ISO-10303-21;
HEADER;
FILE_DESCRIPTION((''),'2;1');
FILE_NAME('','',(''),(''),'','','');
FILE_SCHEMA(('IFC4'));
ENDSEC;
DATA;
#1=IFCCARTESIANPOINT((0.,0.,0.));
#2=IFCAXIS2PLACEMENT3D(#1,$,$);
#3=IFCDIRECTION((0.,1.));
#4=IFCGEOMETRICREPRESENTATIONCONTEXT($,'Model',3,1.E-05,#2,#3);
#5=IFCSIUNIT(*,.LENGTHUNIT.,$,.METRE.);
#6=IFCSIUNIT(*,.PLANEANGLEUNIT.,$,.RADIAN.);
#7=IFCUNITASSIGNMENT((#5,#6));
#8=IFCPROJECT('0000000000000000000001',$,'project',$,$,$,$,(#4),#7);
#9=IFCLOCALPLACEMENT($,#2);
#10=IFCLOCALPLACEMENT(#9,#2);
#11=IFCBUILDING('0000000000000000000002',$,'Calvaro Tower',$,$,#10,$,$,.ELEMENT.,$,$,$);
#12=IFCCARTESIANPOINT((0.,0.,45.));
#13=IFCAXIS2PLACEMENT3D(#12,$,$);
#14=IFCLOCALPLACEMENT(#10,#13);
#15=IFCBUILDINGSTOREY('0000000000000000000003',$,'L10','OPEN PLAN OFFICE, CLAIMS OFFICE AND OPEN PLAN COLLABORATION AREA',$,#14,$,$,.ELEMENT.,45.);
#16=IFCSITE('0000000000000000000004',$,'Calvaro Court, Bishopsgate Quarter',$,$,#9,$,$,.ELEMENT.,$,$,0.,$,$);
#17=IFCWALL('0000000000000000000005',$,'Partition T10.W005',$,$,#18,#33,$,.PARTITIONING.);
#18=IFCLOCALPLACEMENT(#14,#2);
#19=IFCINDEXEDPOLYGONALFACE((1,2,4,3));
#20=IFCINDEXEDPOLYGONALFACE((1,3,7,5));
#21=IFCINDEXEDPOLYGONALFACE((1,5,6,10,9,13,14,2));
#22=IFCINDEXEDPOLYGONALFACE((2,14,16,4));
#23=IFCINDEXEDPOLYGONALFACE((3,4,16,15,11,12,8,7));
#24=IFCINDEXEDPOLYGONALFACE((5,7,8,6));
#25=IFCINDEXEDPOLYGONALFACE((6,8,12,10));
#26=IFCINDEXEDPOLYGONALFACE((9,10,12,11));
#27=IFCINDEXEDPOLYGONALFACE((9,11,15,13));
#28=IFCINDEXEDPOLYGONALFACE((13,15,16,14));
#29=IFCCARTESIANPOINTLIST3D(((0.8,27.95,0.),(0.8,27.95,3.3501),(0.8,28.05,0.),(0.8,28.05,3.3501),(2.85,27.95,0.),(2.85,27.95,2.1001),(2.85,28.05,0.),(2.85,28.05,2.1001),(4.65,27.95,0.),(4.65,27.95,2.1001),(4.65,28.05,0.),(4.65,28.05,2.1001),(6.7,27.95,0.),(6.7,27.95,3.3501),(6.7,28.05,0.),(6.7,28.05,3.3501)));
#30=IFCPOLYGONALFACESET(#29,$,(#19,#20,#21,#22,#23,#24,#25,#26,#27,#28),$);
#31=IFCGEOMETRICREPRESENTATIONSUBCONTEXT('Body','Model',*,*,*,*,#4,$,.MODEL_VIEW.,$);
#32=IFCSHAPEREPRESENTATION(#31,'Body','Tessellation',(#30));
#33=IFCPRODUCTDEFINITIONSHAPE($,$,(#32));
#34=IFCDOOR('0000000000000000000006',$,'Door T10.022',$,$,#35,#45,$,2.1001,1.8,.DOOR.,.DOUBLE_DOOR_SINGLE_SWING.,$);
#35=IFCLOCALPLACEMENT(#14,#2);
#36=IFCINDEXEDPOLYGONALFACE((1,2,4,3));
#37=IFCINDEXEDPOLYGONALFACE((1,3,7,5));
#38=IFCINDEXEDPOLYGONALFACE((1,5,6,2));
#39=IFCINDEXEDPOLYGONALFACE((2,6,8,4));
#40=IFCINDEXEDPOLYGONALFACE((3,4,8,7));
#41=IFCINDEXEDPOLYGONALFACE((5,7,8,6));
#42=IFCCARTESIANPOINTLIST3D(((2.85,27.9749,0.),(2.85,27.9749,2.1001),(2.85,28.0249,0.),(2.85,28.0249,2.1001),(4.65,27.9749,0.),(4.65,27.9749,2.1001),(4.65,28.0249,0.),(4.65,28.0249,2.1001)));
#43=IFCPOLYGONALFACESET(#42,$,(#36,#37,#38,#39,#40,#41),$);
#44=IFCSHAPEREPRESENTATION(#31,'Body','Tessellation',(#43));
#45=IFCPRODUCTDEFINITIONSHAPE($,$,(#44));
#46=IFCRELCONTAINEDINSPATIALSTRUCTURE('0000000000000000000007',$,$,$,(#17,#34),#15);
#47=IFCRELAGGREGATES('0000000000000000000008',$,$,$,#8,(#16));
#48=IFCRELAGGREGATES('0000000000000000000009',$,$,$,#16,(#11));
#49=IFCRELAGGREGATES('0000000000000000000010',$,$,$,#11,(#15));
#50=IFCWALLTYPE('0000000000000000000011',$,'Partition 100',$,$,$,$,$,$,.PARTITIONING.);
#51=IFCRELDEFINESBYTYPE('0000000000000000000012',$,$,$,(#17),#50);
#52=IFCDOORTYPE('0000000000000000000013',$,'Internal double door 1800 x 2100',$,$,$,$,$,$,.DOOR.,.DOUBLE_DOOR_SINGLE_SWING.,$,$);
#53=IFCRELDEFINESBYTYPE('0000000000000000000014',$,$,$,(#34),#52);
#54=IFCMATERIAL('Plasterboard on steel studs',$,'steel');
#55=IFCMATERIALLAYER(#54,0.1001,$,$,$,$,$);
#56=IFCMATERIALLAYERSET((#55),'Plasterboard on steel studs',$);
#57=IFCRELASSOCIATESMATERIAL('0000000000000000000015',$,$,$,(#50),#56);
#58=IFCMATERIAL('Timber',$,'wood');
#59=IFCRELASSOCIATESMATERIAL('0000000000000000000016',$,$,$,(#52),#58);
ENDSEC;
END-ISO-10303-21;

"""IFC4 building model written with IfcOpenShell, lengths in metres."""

from ifc_helpers import new_model, si_unit, direction, frame, frame_2d, origin, place, context, subcontext, project, spatial, rectangle, extrude, material, layer, layer_set, type_object, element, fill, save


model = new_model("IFC4")

# Units and contexts
model_context = context("Model", 3, precision=1e-05, world=origin(), true_north=direction((0.0, 1.0)))
body_context = subcontext(model_context, "Body", "Model", "MODEL_VIEW")
ifc_project = project(units=[si_unit("LENGTHUNIT", "METRE"), si_unit("PLANEANGLEUNIT", "RADIAN")], contexts=[model_context])

# Site, building, storey
site_placement = place(None, origin())
site = spatial("IfcSite", under=ifc_project, at=site_placement, Name="Calvaro Court, Bishopsgate Quarter", CompositionType="ELEMENT", RefElevation=0.0)
building_placement = place(site_placement, origin())
building = spatial("IfcBuilding", under=site, at=building_placement, Name="Calvaro Tower", CompositionType="ELEMENT")
storey_placement = place(building_placement, frame((0.0, 0.0, 45.0)))
storey = spatial("IfcBuildingStorey", under=building, at=storey_placement, Name="L10", Description="OPEN PLAN OFFICE, CLAIMS OFFICE AND OPEN PLAN COLLABORATION AREA", CompositionType="ELEMENT", Elevation=45.0)

# Wall, opening, door
ifc_material_1 = material(Name="Plasterboard on steel studs", Category="steel")
ifc_layer = layer(ifc_material_1, 0.1001)
ifc_layer_set = layer_set([ifc_layer], Name="Plasterboard on steel studs")
wall_type = type_object("IfcWallType", Name="Partition 100", PredefinedType="PARTITIONING", material=ifc_layer_set)
wall_placement = place(storey_placement, frame((0.8, 28.0, 0.0), z_axis=(0.0, 0.0, 1.0), x_axis=(1.0, 0.0, 0.0)))
wall = element("IfcWall", 1, at=wall_placement, inside=storey, type_object=wall_type, Name="Partition T10.W005", PredefinedType="PARTITIONING", context=body_context, shape_type="SweptSolid", body=[
    extrude(rectangle(XDim=5.8999, YDim=0.1001, at=frame_2d((2.95, 0.0))), origin(), (0.0, 0.0, 1.0), 3.3501),
])
opening_placement = place(wall_placement, frame((2.05, 0.0, 0.0)))
opening = element("IfcOpeningElement", 2, at=opening_placement, cuts=wall, PredefinedType="OPENING", context=body_context, shape_type="SweptSolid", body=[
    extrude(rectangle(XDim=1.8, YDim=2.1001, at=frame_2d((0.8999, 1.05))), frame((0.0, 0.0601, 0.0), z_axis=(0.0, -1.0, 0.0), x_axis=(1.0, 0.0, 0.0)), (0.0, 0.0, 1.0), 0.1201),
])
ifc_material_2 = material(Name="Timber", Category="wood")
door_type = type_object("IfcDoorType", Name="Internal double door 1800 x 2100", OperationType="DOUBLE_DOOR_SINGLE_SWING", PredefinedType="DOOR", material=ifc_material_2)
door_placement = place(opening_placement, origin())
door = element("IfcDoor", 3, at=door_placement, inside=storey, type_object=door_type, Name="Door T10.022", OperationType="DOUBLE_DOOR_SINGLE_SWING", OverallHeight=2.1001, OverallWidth=1.8, PredefinedType="DOOR", context=body_context, shape_type="SweptSolid", body=[
    extrude(rectangle(XDim=1.8, YDim=2.1001, at=frame_2d((0.8999, 1.05))), frame((0.0, 0.0249, 0.0), z_axis=(0.0, -1.0, 0.0), x_axis=(1.0, 0.0, 0.0)), (0.0, 0.0, 1.0), 0.05),
])
fill(opening, door)

save(model, "model.ifc")
